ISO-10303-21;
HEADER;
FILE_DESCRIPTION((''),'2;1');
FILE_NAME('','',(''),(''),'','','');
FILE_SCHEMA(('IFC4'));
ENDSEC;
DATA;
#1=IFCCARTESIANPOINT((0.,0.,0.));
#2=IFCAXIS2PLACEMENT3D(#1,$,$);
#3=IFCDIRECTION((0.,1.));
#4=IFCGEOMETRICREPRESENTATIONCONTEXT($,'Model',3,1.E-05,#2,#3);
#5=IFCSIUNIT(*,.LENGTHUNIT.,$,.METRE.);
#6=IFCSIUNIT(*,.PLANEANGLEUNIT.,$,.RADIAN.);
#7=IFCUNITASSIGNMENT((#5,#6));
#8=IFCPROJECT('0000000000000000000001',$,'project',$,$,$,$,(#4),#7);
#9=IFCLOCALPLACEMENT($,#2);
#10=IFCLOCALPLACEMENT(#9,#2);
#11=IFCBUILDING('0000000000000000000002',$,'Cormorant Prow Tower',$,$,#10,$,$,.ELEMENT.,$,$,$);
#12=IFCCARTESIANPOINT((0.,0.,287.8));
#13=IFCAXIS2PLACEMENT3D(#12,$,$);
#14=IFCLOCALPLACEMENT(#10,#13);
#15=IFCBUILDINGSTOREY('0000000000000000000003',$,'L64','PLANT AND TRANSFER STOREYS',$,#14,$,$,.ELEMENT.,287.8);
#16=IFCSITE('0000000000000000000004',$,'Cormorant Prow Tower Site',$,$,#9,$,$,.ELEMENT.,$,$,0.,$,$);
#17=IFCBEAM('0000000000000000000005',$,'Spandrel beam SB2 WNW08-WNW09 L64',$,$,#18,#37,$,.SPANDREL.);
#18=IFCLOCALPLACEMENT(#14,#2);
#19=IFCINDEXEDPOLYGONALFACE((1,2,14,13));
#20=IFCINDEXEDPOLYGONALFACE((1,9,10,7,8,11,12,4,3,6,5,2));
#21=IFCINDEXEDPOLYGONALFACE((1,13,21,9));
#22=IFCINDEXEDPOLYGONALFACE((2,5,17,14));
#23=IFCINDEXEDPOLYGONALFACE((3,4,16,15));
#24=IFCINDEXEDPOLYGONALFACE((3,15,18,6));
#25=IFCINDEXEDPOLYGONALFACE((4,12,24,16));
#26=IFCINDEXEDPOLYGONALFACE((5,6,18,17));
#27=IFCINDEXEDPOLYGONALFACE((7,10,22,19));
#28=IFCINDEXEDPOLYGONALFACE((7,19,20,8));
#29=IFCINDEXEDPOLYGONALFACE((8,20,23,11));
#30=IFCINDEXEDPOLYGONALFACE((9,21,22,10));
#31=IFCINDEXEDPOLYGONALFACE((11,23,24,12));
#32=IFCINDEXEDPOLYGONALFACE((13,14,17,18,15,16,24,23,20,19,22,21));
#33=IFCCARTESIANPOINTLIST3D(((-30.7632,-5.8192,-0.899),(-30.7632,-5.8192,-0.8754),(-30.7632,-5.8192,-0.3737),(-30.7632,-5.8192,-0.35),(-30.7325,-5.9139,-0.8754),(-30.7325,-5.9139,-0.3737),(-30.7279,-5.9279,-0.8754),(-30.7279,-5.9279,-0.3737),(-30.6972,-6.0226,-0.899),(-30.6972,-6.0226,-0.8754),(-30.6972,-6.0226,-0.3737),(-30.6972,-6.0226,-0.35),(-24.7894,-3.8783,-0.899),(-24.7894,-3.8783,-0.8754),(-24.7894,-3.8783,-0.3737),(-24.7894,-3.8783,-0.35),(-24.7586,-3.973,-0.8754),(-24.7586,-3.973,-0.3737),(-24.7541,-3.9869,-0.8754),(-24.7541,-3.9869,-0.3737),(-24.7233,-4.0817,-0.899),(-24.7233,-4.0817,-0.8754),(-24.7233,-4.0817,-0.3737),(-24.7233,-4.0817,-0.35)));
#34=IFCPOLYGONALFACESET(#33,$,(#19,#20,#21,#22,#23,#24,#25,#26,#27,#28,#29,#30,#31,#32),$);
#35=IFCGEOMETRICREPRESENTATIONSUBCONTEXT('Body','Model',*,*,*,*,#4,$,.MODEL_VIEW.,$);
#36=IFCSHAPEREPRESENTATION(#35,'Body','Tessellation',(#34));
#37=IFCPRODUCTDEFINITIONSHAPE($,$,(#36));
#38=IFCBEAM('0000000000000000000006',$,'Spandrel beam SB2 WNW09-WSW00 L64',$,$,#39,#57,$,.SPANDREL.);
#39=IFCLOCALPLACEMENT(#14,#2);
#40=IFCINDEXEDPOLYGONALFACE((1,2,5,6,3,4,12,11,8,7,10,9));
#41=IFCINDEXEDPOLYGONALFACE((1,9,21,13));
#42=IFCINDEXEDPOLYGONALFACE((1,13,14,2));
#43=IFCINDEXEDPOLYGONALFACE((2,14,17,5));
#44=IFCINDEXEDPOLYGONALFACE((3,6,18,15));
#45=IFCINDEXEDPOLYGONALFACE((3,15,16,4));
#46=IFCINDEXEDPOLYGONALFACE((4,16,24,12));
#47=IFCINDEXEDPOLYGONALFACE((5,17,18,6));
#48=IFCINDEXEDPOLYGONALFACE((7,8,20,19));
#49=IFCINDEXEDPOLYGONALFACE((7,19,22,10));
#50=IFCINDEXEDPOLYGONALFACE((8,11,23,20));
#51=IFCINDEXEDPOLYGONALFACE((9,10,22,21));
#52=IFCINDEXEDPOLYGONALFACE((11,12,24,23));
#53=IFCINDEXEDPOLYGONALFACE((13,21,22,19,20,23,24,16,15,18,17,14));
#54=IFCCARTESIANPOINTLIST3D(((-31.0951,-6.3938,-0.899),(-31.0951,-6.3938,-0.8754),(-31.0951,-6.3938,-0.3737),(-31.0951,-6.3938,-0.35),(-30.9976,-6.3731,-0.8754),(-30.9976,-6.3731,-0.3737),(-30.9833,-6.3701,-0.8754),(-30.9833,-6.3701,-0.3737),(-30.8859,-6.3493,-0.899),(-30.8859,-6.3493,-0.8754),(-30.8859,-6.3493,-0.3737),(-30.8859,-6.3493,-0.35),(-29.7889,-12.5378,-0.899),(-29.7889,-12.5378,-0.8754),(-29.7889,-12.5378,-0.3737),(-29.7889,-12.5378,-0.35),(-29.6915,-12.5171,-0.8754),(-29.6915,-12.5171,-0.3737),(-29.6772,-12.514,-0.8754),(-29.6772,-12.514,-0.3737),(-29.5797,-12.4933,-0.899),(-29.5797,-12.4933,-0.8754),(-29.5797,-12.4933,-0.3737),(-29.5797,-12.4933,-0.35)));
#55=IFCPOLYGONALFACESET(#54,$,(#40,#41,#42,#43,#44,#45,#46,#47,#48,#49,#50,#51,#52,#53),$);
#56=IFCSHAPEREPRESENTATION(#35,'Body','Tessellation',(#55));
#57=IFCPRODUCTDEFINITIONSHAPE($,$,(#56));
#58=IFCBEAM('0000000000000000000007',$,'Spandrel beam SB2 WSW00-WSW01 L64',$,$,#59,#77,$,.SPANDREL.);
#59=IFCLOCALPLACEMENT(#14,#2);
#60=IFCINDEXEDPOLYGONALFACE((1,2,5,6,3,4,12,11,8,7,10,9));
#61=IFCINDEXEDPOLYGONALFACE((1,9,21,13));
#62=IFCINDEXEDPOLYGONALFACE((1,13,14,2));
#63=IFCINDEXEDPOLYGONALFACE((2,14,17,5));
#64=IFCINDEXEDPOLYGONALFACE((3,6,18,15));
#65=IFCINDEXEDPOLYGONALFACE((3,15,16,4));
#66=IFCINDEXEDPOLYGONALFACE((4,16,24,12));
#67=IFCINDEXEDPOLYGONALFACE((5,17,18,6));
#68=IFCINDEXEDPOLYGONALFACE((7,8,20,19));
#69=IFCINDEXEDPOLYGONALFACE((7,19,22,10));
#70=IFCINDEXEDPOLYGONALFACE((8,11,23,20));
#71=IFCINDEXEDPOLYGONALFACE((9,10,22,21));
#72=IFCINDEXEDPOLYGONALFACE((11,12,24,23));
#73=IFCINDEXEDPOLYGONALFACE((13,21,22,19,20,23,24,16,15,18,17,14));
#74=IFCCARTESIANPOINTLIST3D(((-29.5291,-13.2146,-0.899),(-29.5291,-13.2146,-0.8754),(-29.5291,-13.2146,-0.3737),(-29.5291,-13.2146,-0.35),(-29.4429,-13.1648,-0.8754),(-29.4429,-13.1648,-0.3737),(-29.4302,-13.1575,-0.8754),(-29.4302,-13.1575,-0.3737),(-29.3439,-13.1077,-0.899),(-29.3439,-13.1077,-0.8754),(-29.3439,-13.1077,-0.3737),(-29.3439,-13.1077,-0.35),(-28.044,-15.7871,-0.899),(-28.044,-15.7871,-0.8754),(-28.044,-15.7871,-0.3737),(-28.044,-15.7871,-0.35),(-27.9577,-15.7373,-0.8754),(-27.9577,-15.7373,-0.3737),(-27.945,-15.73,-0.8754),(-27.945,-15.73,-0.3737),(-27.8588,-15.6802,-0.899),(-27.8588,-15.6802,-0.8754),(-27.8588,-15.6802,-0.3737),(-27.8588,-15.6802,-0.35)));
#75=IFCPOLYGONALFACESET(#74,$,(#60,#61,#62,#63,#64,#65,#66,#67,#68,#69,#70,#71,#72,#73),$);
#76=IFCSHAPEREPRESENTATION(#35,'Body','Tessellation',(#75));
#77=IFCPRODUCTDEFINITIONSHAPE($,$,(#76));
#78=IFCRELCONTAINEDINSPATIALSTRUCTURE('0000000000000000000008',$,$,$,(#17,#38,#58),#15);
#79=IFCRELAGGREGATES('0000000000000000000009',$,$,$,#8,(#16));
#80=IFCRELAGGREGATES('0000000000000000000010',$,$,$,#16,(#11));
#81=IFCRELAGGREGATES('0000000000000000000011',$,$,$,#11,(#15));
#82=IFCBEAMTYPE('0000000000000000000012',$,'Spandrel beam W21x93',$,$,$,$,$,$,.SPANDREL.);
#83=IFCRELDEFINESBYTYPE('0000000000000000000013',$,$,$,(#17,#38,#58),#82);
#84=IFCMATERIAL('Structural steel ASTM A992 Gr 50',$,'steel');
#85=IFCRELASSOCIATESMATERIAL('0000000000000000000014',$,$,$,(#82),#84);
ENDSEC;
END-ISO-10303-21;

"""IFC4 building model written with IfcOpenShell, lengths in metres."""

from ifc_helpers import new_model, si_unit, direction, frame, origin, origin_2d, place, context, subcontext, project, spatial, i_section, extrude, material, material_profile, profile_set, type_object, element, save


model = new_model("IFC4")

# Units and contexts
model_context = context("Model", 3, precision=1e-05, world=origin(), true_north=direction((0.0, 1.0)))
body_context = subcontext(model_context, "Body", "Model", "MODEL_VIEW")
ifc_project = project(units=[si_unit("LENGTHUNIT", "METRE"), si_unit("PLANEANGLEUNIT", "RADIAN")], contexts=[model_context])

# Site, building, storey
site_placement = place(None, origin())
site = spatial("IfcSite", under=ifc_project, at=site_placement, Name="Cormorant Prow Tower Site", CompositionType="ELEMENT", RefElevation=0.0)
building_placement = place(site_placement, origin())
building = spatial("IfcBuilding", under=site, at=building_placement, Name="Cormorant Prow Tower", CompositionType="ELEMENT")
storey_placement = place(building_placement, frame((0.0, 0.0, 287.8)))
storey = spatial("IfcBuildingStorey", under=building, at=storey_placement, Name="L64", Description="PLANT AND TRANSFER STOREYS", CompositionType="ELEMENT", Elevation=287.8)

# Beams
ifc_material_1 = material(Name="Structural steel ASTM A992 Gr 50", Category="steel")
ifc_material_profile_1 = material_profile(ifc_material_1, i_section(OverallWidth=0.2139, OverallDepth=0.5491, WebThickness=0.0146, FlangeThickness=0.0237, at=origin_2d()), Name="W21x93")
ifc_profile_set_1 = profile_set([ifc_material_profile_1], Name="Structural steel ASTM A992 Gr 50")
beam_type = type_object("IfcBeamType", Name="Spandrel beam W21x93", PredefinedType="SPANDREL", material=ifc_profile_set_1)
for number, where, z_axis, x_axis, name in (
    (1, (-24.7563, -3.98, -0.6245), (-0.951062, -0.309001, 0.0), (0.309001, -0.951062, 0.0), "Spandrel beam SB2 WNW08-WNW09 L64"),
    (2, (-30.9905, -6.3716, -0.6245), (0.207941, -0.978141, 0.0), (0.978141, 0.207941, 0.0), "Spandrel beam SB2 WNW09-WSW00 L64"),
):
    element("IfcBeam", number, at=place(storey_placement, frame(where, z_axis=z_axis, x_axis=x_axis)), inside=storey, type_object=beam_type, Name=name, PredefinedType="SPANDREL", context=body_context, shape_type="SweptSolid", body=[
        extrude(i_section(OverallWidth=0.2139, OverallDepth=0.5491, WebThickness=0.0146, FlangeThickness=0.0237, at=origin_2d()), origin(), (0.0, 0.0, 1.0), 6.2812),
    ])
beam_placement = place(storey_placement, frame((-29.4365, -13.1611, -0.6245), z_axis=(0.499967, -0.866045, 0.0), x_axis=(0.866045, 0.499967, 0.0)))
element("IfcBeam", 3, at=beam_placement, inside=storey, type_object=beam_type, Name="Spandrel beam SB2 WSW00-WSW01 L64", PredefinedType="SPANDREL", context=body_context, shape_type="SweptSolid", body=[
    extrude(i_section(OverallWidth=0.2139, OverallDepth=0.5491, WebThickness=0.0146, FlangeThickness=0.0237, at=origin_2d()), origin(), (0.0, 0.0, 1.0), 2.9705),
])

save(model, "model.ifc")
